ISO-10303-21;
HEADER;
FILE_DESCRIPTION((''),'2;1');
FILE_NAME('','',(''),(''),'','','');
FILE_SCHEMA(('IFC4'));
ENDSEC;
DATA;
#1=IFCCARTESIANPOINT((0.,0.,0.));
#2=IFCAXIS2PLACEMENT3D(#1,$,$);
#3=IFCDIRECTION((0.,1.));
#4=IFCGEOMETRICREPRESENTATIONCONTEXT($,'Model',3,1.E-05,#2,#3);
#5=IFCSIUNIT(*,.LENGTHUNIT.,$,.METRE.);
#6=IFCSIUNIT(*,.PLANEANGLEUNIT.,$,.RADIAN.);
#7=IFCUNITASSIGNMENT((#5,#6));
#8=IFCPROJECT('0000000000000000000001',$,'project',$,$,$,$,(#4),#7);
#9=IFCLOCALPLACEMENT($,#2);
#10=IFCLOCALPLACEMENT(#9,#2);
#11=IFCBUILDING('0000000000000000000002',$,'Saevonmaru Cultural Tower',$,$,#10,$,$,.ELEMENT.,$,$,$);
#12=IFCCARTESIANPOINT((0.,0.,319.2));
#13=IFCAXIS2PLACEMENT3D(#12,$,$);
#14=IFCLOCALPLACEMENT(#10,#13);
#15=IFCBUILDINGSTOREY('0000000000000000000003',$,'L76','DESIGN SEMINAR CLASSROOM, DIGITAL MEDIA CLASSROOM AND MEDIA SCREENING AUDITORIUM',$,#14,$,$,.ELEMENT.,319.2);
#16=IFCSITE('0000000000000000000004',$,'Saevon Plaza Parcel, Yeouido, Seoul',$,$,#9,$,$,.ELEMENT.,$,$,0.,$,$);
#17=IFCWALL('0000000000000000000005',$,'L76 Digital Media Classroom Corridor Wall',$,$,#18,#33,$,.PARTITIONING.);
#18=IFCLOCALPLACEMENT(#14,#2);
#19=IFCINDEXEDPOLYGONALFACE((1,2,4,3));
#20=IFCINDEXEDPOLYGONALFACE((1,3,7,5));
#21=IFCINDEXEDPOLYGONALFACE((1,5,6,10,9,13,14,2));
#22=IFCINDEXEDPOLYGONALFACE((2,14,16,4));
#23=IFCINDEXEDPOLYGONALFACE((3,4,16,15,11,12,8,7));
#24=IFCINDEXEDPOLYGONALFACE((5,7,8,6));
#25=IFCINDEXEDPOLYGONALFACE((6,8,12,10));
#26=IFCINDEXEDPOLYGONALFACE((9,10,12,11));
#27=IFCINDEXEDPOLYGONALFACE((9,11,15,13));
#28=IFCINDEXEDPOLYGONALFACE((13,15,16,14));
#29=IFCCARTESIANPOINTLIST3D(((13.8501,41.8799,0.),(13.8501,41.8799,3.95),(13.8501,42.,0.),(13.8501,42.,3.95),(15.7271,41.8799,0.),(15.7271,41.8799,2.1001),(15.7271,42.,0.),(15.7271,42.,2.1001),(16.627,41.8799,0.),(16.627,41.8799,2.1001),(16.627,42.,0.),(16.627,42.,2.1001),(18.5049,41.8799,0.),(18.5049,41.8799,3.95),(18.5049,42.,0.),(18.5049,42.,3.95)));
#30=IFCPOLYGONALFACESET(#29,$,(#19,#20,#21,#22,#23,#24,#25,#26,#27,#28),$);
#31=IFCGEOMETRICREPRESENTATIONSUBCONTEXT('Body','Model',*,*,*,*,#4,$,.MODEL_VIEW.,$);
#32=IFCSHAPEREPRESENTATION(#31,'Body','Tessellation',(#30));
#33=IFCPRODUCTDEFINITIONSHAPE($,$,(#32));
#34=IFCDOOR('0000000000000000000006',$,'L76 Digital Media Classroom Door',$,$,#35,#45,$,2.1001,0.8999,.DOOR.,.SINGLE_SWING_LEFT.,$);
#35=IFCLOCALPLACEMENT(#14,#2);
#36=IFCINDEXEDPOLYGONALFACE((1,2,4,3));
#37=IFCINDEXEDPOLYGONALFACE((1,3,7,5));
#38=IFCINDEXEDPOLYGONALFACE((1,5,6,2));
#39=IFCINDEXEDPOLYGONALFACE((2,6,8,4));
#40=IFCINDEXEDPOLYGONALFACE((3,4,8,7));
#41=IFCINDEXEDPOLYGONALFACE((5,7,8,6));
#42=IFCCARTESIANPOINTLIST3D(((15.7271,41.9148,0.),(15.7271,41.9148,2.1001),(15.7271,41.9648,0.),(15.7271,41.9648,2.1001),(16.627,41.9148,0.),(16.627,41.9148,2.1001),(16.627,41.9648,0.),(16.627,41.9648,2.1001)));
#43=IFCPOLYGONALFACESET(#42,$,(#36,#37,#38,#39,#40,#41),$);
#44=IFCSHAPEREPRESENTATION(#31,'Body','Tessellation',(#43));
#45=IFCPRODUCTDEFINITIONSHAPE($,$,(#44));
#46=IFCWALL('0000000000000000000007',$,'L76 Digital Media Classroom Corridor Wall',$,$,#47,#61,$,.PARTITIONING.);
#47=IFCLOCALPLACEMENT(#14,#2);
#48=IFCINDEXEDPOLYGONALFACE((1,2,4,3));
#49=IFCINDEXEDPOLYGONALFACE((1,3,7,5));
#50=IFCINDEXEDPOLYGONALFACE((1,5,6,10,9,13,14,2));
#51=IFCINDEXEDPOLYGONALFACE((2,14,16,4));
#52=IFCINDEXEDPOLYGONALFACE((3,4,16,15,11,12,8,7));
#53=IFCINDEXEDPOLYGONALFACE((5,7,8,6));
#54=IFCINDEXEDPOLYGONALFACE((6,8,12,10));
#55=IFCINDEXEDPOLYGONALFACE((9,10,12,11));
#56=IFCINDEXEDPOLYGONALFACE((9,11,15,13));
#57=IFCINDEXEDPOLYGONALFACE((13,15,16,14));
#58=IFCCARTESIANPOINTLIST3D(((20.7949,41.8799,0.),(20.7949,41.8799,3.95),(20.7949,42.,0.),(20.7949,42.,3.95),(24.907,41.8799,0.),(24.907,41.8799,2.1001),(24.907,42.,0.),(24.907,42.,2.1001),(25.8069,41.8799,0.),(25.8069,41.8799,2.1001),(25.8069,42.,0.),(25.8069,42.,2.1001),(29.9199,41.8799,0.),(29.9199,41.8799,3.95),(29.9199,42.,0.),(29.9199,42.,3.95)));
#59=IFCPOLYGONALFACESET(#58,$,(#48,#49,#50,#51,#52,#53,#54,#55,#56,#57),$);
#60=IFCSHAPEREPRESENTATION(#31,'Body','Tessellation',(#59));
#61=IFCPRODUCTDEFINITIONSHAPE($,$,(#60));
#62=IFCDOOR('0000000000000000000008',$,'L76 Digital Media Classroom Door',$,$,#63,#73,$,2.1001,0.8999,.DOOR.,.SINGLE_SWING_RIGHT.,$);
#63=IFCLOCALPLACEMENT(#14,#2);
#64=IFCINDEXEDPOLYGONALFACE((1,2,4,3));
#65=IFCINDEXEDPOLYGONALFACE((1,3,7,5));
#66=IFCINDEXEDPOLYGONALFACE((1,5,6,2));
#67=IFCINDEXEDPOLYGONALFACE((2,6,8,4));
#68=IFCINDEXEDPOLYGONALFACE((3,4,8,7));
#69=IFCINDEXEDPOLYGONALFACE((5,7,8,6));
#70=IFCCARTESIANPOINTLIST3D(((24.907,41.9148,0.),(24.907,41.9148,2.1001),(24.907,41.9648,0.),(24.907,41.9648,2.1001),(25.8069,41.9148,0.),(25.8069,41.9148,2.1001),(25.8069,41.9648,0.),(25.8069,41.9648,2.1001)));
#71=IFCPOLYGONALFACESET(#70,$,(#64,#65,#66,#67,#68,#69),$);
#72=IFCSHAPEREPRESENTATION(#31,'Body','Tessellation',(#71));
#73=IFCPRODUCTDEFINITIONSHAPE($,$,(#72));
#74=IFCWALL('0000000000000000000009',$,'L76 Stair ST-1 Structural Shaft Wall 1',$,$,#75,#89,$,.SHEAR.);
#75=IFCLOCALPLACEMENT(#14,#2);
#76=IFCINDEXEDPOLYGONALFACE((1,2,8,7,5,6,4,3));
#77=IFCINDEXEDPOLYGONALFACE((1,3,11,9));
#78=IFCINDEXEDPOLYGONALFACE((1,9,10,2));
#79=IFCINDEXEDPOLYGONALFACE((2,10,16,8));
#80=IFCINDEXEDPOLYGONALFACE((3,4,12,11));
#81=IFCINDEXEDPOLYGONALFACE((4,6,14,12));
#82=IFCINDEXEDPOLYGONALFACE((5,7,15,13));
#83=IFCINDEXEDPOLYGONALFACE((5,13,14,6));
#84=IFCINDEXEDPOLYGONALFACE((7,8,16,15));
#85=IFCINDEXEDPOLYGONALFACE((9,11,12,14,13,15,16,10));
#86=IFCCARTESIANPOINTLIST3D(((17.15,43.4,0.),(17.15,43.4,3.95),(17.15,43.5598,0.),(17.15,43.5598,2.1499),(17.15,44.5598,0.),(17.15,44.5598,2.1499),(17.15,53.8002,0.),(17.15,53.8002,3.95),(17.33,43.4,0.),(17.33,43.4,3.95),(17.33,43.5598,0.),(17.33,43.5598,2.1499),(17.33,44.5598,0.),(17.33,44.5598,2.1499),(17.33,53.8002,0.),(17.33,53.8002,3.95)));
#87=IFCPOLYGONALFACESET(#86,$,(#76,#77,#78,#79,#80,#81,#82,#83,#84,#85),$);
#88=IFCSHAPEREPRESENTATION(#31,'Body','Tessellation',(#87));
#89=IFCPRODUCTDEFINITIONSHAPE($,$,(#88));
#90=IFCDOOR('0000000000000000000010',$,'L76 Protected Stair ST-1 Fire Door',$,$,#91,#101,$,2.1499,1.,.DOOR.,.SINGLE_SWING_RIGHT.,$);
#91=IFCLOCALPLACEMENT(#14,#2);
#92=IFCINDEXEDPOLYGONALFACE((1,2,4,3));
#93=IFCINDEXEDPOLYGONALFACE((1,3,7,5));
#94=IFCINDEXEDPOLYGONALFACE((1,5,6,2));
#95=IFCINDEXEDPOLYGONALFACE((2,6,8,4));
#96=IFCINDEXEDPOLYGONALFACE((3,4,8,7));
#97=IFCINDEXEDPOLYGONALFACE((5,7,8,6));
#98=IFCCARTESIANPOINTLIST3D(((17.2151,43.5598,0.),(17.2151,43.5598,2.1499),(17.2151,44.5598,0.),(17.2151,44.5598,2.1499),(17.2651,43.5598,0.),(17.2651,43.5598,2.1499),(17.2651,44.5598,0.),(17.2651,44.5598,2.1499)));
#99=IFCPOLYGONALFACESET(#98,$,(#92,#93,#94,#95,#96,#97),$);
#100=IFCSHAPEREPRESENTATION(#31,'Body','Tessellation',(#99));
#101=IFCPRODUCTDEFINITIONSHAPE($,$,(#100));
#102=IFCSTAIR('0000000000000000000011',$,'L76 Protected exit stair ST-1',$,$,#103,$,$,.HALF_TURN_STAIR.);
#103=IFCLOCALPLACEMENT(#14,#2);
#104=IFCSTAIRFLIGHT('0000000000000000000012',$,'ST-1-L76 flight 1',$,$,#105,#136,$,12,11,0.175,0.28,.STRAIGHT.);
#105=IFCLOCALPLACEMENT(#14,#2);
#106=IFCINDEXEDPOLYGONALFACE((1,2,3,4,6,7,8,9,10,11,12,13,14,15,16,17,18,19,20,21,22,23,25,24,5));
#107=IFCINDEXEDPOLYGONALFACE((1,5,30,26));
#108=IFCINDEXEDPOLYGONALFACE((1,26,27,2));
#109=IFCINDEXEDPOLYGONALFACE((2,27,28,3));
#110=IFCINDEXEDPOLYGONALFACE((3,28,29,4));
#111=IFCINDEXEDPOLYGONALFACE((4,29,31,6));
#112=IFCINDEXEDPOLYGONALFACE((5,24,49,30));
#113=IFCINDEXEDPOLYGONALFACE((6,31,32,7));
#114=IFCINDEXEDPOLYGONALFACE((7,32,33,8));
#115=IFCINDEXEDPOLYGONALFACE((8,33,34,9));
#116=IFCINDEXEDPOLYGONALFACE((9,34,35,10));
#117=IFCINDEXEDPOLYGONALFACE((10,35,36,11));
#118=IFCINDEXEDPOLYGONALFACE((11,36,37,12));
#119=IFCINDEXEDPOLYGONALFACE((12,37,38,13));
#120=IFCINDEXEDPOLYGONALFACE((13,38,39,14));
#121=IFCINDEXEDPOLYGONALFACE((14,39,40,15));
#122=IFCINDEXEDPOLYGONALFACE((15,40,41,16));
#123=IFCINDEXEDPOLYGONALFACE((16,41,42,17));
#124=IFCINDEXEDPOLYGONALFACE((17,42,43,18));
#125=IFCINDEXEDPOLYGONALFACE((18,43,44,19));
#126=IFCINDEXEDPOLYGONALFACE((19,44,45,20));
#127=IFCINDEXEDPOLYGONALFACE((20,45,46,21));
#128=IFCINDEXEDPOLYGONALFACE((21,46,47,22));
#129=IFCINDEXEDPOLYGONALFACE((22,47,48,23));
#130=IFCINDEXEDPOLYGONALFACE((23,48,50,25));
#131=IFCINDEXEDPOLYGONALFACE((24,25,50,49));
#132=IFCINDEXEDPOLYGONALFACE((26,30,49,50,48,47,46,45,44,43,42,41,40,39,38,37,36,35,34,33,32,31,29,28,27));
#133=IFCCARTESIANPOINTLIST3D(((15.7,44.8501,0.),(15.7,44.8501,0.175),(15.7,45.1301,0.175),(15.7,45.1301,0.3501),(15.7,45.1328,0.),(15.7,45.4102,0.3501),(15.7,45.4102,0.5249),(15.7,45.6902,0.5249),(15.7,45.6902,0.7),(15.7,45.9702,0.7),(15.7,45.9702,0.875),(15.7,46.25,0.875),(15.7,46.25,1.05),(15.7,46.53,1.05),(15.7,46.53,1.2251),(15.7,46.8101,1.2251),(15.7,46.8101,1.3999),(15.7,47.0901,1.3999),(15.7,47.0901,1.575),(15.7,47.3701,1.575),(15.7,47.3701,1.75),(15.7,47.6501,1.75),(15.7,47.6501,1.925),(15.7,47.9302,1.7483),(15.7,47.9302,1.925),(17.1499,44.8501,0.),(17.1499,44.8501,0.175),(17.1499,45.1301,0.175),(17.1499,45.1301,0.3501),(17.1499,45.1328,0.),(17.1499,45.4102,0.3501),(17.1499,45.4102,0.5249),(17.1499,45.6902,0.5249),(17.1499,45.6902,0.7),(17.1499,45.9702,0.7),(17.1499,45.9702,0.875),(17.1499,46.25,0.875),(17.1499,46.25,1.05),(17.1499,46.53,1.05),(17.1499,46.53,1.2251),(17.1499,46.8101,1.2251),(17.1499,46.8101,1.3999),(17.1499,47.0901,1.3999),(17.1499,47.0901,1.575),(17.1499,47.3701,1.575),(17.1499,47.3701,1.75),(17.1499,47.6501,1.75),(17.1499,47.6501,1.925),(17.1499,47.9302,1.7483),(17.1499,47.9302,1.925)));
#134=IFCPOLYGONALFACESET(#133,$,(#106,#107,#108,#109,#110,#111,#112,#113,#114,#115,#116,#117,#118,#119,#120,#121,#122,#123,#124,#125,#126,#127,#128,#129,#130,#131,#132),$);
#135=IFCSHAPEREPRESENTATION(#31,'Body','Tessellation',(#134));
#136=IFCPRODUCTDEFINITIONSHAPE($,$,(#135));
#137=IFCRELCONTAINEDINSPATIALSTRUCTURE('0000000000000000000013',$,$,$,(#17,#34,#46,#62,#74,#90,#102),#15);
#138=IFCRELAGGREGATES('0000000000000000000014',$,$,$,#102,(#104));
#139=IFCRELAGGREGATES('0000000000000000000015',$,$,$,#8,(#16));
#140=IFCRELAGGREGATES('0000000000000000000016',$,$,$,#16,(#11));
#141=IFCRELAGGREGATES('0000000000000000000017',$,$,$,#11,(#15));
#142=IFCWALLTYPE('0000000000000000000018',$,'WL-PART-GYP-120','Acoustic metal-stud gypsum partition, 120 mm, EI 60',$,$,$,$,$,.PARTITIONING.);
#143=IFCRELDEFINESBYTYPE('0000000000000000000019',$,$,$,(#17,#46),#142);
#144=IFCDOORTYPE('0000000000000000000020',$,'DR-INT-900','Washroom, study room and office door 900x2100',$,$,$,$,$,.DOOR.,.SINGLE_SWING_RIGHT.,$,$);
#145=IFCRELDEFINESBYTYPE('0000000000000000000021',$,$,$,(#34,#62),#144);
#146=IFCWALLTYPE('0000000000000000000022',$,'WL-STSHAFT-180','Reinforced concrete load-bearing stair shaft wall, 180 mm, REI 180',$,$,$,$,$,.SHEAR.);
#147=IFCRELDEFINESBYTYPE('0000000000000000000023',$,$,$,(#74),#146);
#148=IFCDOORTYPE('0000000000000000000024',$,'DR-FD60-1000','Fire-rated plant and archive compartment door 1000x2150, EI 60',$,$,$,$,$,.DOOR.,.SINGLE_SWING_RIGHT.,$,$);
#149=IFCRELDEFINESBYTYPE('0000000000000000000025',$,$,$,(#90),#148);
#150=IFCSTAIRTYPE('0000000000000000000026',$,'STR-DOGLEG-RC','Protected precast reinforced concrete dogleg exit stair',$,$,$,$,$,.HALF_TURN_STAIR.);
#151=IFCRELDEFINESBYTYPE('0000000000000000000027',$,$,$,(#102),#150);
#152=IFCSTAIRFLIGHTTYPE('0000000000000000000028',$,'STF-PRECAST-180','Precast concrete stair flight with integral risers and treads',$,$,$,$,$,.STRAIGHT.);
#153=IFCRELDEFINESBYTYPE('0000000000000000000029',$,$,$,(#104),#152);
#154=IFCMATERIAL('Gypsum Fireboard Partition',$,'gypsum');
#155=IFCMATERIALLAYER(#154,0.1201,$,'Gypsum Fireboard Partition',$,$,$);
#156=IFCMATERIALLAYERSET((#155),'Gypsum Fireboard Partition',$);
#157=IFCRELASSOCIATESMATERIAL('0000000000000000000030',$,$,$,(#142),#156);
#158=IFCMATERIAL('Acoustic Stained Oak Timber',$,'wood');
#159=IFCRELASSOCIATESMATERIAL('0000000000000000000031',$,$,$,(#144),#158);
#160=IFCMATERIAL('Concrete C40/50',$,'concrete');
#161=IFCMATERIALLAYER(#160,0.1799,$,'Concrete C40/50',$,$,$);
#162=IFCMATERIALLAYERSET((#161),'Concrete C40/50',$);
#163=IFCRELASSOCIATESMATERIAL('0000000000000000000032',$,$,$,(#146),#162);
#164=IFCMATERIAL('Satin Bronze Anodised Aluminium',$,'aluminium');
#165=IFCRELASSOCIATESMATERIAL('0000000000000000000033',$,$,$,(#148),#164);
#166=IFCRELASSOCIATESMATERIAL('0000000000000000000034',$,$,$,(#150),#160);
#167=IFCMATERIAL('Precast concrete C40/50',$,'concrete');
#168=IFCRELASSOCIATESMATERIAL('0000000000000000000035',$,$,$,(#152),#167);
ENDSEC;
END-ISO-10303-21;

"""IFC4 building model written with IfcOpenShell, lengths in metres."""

from ifc_helpers import new_model, si_unit, direction, frame, frame_2d, origin, place, context, subcontext, project, spatial, polyline, rectangle, outline, extrude, material, layer, layer_set, type_object, element, fill, aggregate, save


model = new_model("IFC4")

# Units and contexts
model_context = context("Model", 3, precision=1e-05, world=origin(), true_north=direction((0.0, 1.0)))
body_context = subcontext(model_context, "Body", "Model", "MODEL_VIEW")
ifc_project = project(units=[si_unit("LENGTHUNIT", "METRE"), si_unit("PLANEANGLEUNIT", "RADIAN")], contexts=[model_context])

# Site, building, storey
site_placement = place(None, origin())
site = spatial("IfcSite", under=ifc_project, at=site_placement, Name="Saevon Plaza Parcel, Yeouido, Seoul", CompositionType="ELEMENT", RefElevation=0.0)
building_placement = place(site_placement, origin())
building = spatial("IfcBuilding", under=site, at=building_placement, Name="Saevonmaru Cultural Tower", CompositionType="ELEMENT")
storey_placement = place(building_placement, frame((0.0, 0.0, 319.2)))
storey = spatial("IfcBuildingStorey", under=building, at=storey_placement, Name="L76", Description="DESIGN SEMINAR CLASSROOM, DIGITAL MEDIA CLASSROOM AND MEDIA SCREENING AUDITORIUM", CompositionType="ELEMENT", Elevation=319.2)

# Shared definitions
ifc_material_1 = material(Name="Satin Bronze Anodised Aluminium", Category="aluminium")

# Shared definitions
ifc_material_2 = material(Name="Gypsum Fireboard Partition", Category="gypsum")

# Walls, openings, doors
ifc_material_3 = material(Name="Acoustic Stained Oak Timber", Category="wood")
ifc_layer_1 = layer(ifc_material_2, 0.1201, Name="Gypsum Fireboard Partition")
ifc_layer_set_1 = layer_set([ifc_layer_1], Name="Gypsum Fireboard Partition")
wall_type_1 = type_object("IfcWallType", Name="WL-PART-GYP-120", Description="Acoustic metal-stud gypsum partition, 120 mm, EI 60", PredefinedType="PARTITIONING", material=ifc_layer_set_1)
wall_1_placement = place(storey_placement, frame((13.8501, 41.9399, 0.0), z_axis=(0.0, 0.0, 1.0), x_axis=(1.0, 0.0, 0.0)))
wall_1 = element("IfcWall", 1, at=wall_1_placement, inside=storey, type_object=wall_type_1, Name="L76 Digital Media Classroom Corridor Wall", PredefinedType="PARTITIONING", context=body_context, shape_type="SweptSolid", body=[
    extrude(rectangle(XDim=4.6548, YDim=0.1201, at=frame_2d((2.3274, 0.0))), origin(), (0.0, 0.0, 1.0), 3.95),
])
opening_1_placement = place(wall_1_placement, frame((1.877, 0.0, 0.0)))
opening_1 = element("IfcOpeningElement", 2, at=opening_1_placement, cuts=wall_1, PredefinedType="OPENING", context=body_context, shape_type="SweptSolid", body=[
    extrude(rectangle(XDim=0.8999, YDim=2.1001, at=frame_2d((0.45, 1.05))), frame((0.0, 0.0701, 0.0), z_axis=(0.0, -1.0, 0.0), x_axis=(1.0, 0.0, 0.0)), (0.0, 0.0, 1.0), 0.1401),
])
door_type_1 = type_object("IfcDoorType", Name="DR-INT-900", Description="Washroom, study room and office door 900x2100", OperationType="SINGLE_SWING_RIGHT", PredefinedType="DOOR", material=ifc_material_3)
door_1_placement = place(opening_1_placement, origin())
door_1 = element("IfcDoor", 3, at=door_1_placement, inside=storey, type_object=door_type_1, Name="L76 Digital Media Classroom Door", OperationType="SINGLE_SWING_LEFT", OverallHeight=2.1001, OverallWidth=0.8999, PredefinedType="DOOR", context=body_context, shape_type="SweptSolid", body=[
    extrude(rectangle(XDim=0.8999, YDim=2.1001, at=frame_2d((0.45, 1.05))), frame((0.0, 0.0249, 0.0), z_axis=(0.0, -1.0, 0.0), x_axis=(1.0, 0.0, 0.0)), (0.0, 0.0, 1.0), 0.05),
])
fill(opening_1, door_1)
wall_2_placement = place(storey_placement, frame((20.7949, 41.9399, 0.0), z_axis=(0.0, 0.0, 1.0), x_axis=(1.0, 0.0, 0.0)))
wall_2 = element("IfcWall", 4, at=wall_2_placement, inside=storey, type_object=wall_type_1, Name="L76 Digital Media Classroom Corridor Wall", PredefinedType="PARTITIONING", context=body_context, shape_type="SweptSolid", body=[
    extrude(rectangle(XDim=9.125, YDim=0.1201, at=frame_2d((4.5625, 0.0))), origin(), (0.0, 0.0, 1.0), 3.95),
])
opening_2_placement = place(wall_2_placement, frame((4.1121, 0.0, 0.0)))
opening_2 = element("IfcOpeningElement", 5, at=opening_2_placement, cuts=wall_2, PredefinedType="OPENING", context=body_context, shape_type="SweptSolid", body=[
    extrude(rectangle(XDim=0.8999, YDim=2.1001, at=frame_2d((0.45, 1.05))), frame((0.0, 0.0701, 0.0), z_axis=(0.0, -1.0, 0.0), x_axis=(1.0, 0.0, 0.0)), (0.0, 0.0, 1.0), 0.1401),
])
door_2_placement = place(opening_2_placement, origin())
door_2 = element("IfcDoor", 6, at=door_2_placement, inside=storey, type_object=door_type_1, Name="L76 Digital Media Classroom Door", OperationType="SINGLE_SWING_RIGHT", OverallHeight=2.1001, OverallWidth=0.8999, PredefinedType="DOOR", context=body_context, shape_type="SweptSolid", body=[
    extrude(rectangle(XDim=0.8999, YDim=2.1001, at=frame_2d((0.45, 1.05))), frame((0.0, 0.0249, 0.0), z_axis=(0.0, -1.0, 0.0), x_axis=(1.0, 0.0, 0.0)), (0.0, 0.0, 1.0), 0.05),
])
fill(opening_2, door_2)
ifc_material_4 = material(Name="Concrete C40/50", Category="concrete")
ifc_layer_2 = layer(ifc_material_4, 0.1799, Name="Concrete C40/50")
ifc_layer_set_2 = layer_set([ifc_layer_2], Name="Concrete C40/50")
wall_type_2 = type_object("IfcWallType", Name="WL-STSHAFT-180", Description="Reinforced concrete load-bearing stair shaft wall, 180 mm, REI 180", PredefinedType="SHEAR", material=ifc_layer_set_2)
wall_3_placement = place(storey_placement, frame((17.24, 43.3999, 0.0), z_axis=(0.0, 0.0, 1.0), x_axis=(0.0, 1.0, 0.0)))
wall_3 = element("IfcWall", 7, at=wall_3_placement, inside=storey, type_object=wall_type_2, Name="L76 Stair ST-1 Structural Shaft Wall 1", PredefinedType="SHEAR", context=body_context, shape_type="SweptSolid", body=[
    extrude(rectangle(XDim=10.4001, YDim=0.1799, at=frame_2d((5.2002, 0.0))), origin(), (0.0, 0.0, 1.0), 3.95),
])
opening_3_placement = place(wall_3_placement, frame((0.1599, 0.0, 0.0)))
opening_3 = element("IfcOpeningElement", 8, at=opening_3_placement, cuts=wall_3, PredefinedType="OPENING", context=body_context, shape_type="SweptSolid", body=[
    extrude(rectangle(XDim=1.0, YDim=2.1499, at=frame_2d((0.5, 1.075))), frame((0.0, 0.1001, 0.0), z_axis=(0.0, -1.0, 0.0), x_axis=(1.0, 0.0, 0.0)), (0.0, 0.0, 1.0), 0.2),
])
door_type_2 = type_object("IfcDoorType", Name="DR-FD60-1000", Description="Fire-rated plant and archive compartment door 1000x2150, EI 60", OperationType="SINGLE_SWING_RIGHT", PredefinedType="DOOR", material=ifc_material_1)
door_3_placement = place(opening_3_placement, origin())
door_3 = element("IfcDoor", 9, at=door_3_placement, inside=storey, type_object=door_type_2, Name="L76 Protected Stair ST-1 Fire Door", OperationType="SINGLE_SWING_RIGHT", OverallHeight=2.1499, OverallWidth=1.0, PredefinedType="DOOR", context=body_context, shape_type="SweptSolid", body=[
    extrude(rectangle(XDim=1.0, YDim=2.1499, at=frame_2d((0.5, 1.075))), frame((0.0, 0.0249, 0.0), z_axis=(0.0, -1.0, 0.0), x_axis=(1.0, 0.0, 0.0)), (0.0, 0.0, 1.0), 0.05),
])
fill(opening_3, door_3)

# Stair, stair flight
stair_type = type_object("IfcStairType", Name="STR-DOGLEG-RC", Description="Protected precast reinforced concrete dogleg exit stair", PredefinedType="HALF_TURN_STAIR", material=ifc_material_4)
stair_placement = place(storey_placement, origin())
stair = element("IfcStair", 10, at=stair_placement, inside=storey, type_object=stair_type, Name="L76 Protected exit stair ST-1", PredefinedType="HALF_TURN_STAIR")
ifc_material_5 = material(Name="Precast concrete C40/50", Category="concrete")
stair_flight_type = type_object("IfcStairFlightType", Name="STF-PRECAST-180", Description="Precast concrete stair flight with integral risers and treads", PredefinedType="STRAIGHT", material=ifc_material_5)
stair_flight_placement = place(storey_placement, frame((16.425, 44.8501, 0.0), z_axis=(0.0, 0.0, 1.0), x_axis=(0.0, 1.0, 0.0)))
stair_flight = element("IfcStairFlight", 11, at=stair_flight_placement, type_object=stair_flight_type, Name="ST-1-L76 flight 1", NumberOfRisers=12, NumberOfTreads=11, PredefinedType="STRAIGHT", RiserHeight=0.175, TreadLength=0.28, context=body_context, shape_type="SweptSolid", body=[
    extrude(outline(polyline([(0.0, 0.0), (0.0, 0.175), (0.28, 0.175), (0.28, 0.3501), (0.5601, 0.3501), (0.5601, 0.5249), (0.8401, 0.5249), (0.8401, 0.7), (1.1201, 0.7), (1.1201, 0.875), (1.3999, 0.875), (1.3999, 1.05), (1.6799, 1.05), (1.6799, 1.2251), (1.96, 1.2251), (1.96, 1.3999), (2.24, 1.3999), (2.24, 1.575), (2.52, 1.575), (2.52, 1.75), (2.8, 1.75), (2.8, 1.925), (3.0801, 1.925), (3.0801, 2.1001), (3.0801, 1.7483), (0.2827, 0.0), (0.0, 0.0)])), frame((0.0, 0.7251, 0.0), z_axis=(0.0, -1.0, 0.0), x_axis=(1.0, 0.0, 0.0)), (0.0, 0.0, 1.0), 1.45),
])
aggregate(stair, [stair_flight])

save(model, "model.ifc")
